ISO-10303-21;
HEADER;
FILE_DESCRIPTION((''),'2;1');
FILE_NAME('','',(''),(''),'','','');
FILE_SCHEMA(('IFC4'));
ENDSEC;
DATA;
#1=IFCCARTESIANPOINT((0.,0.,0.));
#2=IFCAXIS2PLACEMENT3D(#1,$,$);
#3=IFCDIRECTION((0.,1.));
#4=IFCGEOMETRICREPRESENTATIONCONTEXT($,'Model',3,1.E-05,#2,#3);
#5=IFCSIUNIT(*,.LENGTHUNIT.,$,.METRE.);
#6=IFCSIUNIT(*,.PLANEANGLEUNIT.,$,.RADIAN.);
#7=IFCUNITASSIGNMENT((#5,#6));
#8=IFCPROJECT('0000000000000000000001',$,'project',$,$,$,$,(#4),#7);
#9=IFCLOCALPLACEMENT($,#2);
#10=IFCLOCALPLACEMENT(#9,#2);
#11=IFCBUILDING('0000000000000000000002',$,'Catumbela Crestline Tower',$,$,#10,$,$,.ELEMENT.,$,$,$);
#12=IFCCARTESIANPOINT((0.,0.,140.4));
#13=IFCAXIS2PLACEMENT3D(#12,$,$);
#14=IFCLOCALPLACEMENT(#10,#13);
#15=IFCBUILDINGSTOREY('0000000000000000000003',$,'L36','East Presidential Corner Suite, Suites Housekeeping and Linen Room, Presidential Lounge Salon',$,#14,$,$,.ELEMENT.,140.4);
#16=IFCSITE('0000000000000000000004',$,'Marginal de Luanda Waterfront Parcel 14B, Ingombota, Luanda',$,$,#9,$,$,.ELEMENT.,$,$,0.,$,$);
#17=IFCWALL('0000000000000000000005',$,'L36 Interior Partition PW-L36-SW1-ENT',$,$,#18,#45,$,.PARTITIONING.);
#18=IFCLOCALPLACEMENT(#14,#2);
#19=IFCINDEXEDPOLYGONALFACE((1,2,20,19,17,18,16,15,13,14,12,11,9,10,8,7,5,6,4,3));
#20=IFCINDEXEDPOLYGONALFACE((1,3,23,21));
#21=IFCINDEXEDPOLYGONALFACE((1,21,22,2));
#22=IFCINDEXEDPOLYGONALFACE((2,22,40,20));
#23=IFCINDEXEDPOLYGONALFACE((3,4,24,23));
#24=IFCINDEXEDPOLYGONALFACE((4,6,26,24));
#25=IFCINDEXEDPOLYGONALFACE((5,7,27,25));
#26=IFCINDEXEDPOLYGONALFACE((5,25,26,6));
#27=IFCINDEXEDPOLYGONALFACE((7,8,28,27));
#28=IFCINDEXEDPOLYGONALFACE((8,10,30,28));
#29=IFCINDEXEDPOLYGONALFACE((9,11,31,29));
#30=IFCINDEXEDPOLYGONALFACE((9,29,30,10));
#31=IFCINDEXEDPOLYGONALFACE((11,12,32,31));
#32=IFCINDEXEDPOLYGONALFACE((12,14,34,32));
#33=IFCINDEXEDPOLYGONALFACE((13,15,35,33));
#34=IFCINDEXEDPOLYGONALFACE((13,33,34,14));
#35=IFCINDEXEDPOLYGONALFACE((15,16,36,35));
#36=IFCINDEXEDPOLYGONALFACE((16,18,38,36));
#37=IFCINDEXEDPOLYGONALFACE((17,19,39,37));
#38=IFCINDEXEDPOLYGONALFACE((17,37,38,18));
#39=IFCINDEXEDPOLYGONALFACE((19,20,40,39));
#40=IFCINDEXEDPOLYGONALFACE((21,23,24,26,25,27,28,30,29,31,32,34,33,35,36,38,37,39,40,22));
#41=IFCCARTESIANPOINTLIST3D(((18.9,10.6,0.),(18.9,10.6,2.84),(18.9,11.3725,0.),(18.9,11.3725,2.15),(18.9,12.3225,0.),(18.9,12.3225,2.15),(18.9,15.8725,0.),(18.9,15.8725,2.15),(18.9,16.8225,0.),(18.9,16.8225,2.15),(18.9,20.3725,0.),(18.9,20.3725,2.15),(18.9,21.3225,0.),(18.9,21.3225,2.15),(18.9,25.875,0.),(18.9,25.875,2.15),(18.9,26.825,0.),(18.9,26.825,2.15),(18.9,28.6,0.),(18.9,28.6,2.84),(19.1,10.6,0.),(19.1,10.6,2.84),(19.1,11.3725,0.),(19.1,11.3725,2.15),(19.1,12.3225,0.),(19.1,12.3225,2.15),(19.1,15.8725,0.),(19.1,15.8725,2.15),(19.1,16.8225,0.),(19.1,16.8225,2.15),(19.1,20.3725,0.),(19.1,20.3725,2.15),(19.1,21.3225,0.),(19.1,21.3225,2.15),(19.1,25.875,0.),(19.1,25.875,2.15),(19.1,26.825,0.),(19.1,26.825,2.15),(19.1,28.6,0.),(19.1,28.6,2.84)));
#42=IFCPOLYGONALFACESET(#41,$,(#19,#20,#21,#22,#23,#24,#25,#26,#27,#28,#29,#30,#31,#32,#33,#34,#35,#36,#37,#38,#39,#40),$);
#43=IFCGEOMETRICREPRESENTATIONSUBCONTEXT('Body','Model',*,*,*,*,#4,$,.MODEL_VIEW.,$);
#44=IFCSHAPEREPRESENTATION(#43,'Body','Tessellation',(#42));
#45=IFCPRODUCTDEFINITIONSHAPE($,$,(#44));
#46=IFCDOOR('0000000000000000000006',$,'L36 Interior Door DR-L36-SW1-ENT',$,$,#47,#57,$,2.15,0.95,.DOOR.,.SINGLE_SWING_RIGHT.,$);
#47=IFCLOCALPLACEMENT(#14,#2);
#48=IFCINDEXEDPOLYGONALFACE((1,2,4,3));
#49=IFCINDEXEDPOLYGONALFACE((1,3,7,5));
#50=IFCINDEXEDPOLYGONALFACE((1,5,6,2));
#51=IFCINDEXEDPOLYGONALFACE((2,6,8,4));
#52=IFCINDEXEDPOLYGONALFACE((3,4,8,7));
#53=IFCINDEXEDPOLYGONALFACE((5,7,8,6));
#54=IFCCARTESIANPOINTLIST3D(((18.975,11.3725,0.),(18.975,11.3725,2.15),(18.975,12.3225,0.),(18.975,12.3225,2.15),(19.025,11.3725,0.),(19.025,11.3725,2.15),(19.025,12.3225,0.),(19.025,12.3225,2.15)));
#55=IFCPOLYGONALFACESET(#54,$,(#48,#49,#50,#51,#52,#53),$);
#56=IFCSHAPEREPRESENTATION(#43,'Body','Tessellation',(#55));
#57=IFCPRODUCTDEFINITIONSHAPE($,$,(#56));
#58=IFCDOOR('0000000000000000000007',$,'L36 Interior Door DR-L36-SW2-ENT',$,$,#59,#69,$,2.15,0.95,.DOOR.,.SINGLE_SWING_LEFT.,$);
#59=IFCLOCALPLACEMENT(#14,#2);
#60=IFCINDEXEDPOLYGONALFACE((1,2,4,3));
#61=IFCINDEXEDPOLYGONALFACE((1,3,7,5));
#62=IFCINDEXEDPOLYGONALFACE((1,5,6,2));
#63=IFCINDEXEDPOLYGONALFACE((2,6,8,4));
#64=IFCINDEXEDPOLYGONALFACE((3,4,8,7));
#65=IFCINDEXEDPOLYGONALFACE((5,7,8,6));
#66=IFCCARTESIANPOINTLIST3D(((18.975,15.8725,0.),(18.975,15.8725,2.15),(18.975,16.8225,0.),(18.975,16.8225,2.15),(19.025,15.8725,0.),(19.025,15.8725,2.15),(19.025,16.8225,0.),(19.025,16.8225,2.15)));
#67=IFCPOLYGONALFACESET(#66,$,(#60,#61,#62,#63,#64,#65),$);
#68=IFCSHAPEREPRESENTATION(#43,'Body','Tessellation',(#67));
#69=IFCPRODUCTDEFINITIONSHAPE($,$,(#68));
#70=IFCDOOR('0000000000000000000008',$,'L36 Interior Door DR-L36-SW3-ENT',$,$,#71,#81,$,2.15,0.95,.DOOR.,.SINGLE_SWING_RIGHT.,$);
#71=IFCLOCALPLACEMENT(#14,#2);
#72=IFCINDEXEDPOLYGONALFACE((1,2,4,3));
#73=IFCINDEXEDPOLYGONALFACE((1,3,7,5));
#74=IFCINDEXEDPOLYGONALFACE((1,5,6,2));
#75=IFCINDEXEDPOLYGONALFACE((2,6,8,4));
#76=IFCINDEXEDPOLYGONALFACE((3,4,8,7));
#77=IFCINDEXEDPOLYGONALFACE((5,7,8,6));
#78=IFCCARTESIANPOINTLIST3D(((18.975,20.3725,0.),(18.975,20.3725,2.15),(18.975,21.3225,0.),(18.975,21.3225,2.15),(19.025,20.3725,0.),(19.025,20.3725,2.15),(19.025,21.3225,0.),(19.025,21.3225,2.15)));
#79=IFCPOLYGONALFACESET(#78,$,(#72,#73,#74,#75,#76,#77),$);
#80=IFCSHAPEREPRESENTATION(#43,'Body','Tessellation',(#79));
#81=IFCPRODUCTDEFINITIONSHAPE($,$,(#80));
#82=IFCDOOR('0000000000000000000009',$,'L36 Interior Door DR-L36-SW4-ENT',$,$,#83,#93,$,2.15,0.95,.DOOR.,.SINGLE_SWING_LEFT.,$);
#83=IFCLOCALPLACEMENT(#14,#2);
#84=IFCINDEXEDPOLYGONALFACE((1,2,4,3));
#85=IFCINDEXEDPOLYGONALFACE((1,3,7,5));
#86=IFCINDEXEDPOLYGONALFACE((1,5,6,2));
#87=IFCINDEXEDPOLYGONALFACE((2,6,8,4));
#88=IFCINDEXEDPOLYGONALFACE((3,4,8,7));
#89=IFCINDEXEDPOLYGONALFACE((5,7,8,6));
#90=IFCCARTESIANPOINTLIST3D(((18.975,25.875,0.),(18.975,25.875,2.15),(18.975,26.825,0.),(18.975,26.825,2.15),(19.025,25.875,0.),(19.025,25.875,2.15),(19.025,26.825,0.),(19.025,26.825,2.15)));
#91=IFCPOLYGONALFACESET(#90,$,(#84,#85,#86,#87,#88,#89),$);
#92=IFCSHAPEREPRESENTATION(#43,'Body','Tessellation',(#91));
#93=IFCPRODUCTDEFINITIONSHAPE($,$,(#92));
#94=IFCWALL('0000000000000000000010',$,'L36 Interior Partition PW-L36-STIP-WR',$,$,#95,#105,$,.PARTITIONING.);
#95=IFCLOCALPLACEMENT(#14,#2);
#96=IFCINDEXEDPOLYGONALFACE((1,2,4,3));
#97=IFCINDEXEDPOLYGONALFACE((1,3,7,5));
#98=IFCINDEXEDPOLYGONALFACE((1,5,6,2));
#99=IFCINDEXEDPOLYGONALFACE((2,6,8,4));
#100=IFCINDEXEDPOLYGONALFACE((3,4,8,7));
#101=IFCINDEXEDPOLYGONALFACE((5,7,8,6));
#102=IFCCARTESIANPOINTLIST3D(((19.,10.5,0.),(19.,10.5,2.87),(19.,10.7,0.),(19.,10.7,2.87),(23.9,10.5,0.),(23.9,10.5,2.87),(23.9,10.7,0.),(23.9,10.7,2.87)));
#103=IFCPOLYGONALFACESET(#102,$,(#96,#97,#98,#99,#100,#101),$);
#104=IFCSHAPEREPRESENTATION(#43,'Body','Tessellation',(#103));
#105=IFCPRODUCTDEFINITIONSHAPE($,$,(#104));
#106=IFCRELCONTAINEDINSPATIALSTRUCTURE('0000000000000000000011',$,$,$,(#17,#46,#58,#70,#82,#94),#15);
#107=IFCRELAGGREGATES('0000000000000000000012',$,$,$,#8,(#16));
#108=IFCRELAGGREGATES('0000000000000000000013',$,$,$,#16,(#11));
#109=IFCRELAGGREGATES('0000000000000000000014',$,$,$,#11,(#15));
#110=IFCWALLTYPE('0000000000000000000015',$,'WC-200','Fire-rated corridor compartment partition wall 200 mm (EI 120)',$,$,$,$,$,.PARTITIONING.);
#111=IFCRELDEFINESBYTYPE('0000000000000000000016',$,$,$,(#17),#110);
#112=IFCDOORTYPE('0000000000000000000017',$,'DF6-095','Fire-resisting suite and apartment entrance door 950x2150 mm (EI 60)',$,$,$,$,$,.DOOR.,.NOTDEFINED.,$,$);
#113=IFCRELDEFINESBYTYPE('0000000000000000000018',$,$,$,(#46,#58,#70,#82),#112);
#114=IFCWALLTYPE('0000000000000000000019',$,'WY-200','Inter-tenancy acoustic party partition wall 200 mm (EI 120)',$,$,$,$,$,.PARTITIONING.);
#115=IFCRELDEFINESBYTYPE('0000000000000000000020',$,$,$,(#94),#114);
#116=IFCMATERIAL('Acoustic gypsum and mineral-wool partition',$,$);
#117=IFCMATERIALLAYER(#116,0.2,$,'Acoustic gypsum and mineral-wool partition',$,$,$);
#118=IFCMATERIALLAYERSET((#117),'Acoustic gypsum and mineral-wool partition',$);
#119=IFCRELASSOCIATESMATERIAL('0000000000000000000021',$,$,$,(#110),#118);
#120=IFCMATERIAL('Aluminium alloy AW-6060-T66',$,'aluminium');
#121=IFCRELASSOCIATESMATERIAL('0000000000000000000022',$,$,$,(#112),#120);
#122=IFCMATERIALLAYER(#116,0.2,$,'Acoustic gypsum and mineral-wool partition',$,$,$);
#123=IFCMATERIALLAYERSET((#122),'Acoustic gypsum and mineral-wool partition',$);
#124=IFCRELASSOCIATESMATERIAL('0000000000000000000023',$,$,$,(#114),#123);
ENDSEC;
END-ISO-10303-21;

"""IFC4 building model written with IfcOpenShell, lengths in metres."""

from ifc_helpers import new_model, si_unit, direction, frame, frame_2d, origin, place, context, subcontext, project, spatial, rectangle, extrude, material, layer, layer_set, type_object, element, fill, save


model = new_model("IFC4")

# Units and contexts
model_context = context("Model", 3, precision=1e-05, world=origin(), true_north=direction((0.0, 1.0)))
body_context = subcontext(model_context, "Body", "Model", "MODEL_VIEW")
ifc_project = project(units=[si_unit("LENGTHUNIT", "METRE"), si_unit("PLANEANGLEUNIT", "RADIAN")], contexts=[model_context])

# Site, building, storey
site_placement = place(None, origin())
site = spatial("IfcSite", under=ifc_project, at=site_placement, Name="Marginal de Luanda Waterfront Parcel 14B, Ingombota, Luanda", CompositionType="ELEMENT", RefElevation=0.0)
building_placement = place(site_placement, origin())
building = spatial("IfcBuilding", under=site, at=building_placement, Name="Catumbela Crestline Tower", CompositionType="ELEMENT")
storey_placement = place(building_placement, frame((0.0, 0.0, 140.4)))
storey = spatial("IfcBuildingStorey", under=building, at=storey_placement, Name="L36", Description="East Presidential Corner Suite, Suites Housekeeping and Linen Room, Presidential Lounge Salon", CompositionType="ELEMENT", Elevation=140.4)

# Shared definitions
ifc_material_1 = material(Name="Acoustic gypsum and mineral-wool partition")
ifc_layer_1 = layer(ifc_material_1, 0.2, Name="Acoustic gypsum and mineral-wool partition")
ifc_layer_set_1 = layer_set([ifc_layer_1], Name="Acoustic gypsum and mineral-wool partition")
wall_type_1 = type_object("IfcWallType", Name="WC-200", Description="Fire-rated corridor compartment partition wall 200 mm (EI 120)", PredefinedType="PARTITIONING", material=ifc_layer_set_1)
ifc_material_2 = material(Name="Aluminium alloy AW-6060-T66", Category="aluminium")
door_type = type_object("IfcDoorType", Name="DF6-095", Description="Fire-resisting suite and apartment entrance door 950x2150 mm (EI 60)", OperationType="NOTDEFINED", PredefinedType="DOOR", material=ifc_material_2)

# Wall, openings, doors
wall_1_placement = place(storey_placement, frame((19.0, 10.6, 0.0), z_axis=(0.0, 0.0, 1.0), x_axis=(0.0, 1.0, 0.0)))
wall_1 = element("IfcWall", 1, at=wall_1_placement, inside=storey, type_object=wall_type_1, Name="L36 Interior Partition PW-L36-SW1-ENT", PredefinedType="PARTITIONING", context=body_context, shape_type="SweptSolid", body=[
    extrude(rectangle(XDim=18.0, YDim=0.2, at=frame_2d((9.0, 0.0))), origin(), (0.0, 0.0, 1.0), 2.84),
])
opening_1_placement = place(wall_1_placement, frame((0.7725, 0.0, 0.0)))
opening_1 = element("IfcOpeningElement", 2, at=opening_1_placement, cuts=wall_1, PredefinedType="OPENING", context=body_context, shape_type="SweptSolid", body=[
    extrude(rectangle(XDim=0.95, YDim=2.15, at=frame_2d((0.475, 1.075))), frame((0.0, 0.11, 0.0), z_axis=(0.0, -1.0, 0.0), x_axis=(1.0, 0.0, 0.0)), (0.0, 0.0, 1.0), 0.22),
])
opening_2_placement = place(wall_1_placement, frame((5.2725, 0.0, 0.0)))
opening_2 = element("IfcOpeningElement", 3, at=opening_2_placement, cuts=wall_1, PredefinedType="OPENING", context=body_context, shape_type="SweptSolid", body=[
    extrude(rectangle(XDim=0.95, YDim=2.15, at=frame_2d((0.475, 1.075))), frame((0.0, 0.11, 0.0), z_axis=(0.0, -1.0, 0.0), x_axis=(1.0, 0.0, 0.0)), (0.0, 0.0, 1.0), 0.22),
])
opening_3_placement = place(wall_1_placement, frame((9.7725, 0.0, 0.0)))
opening_3 = element("IfcOpeningElement", 4, at=opening_3_placement, cuts=wall_1, PredefinedType="OPENING", context=body_context, shape_type="SweptSolid", body=[
    extrude(rectangle(XDim=0.95, YDim=2.15, at=frame_2d((0.475, 1.075))), frame((0.0, 0.11, 0.0), z_axis=(0.0, -1.0, 0.0), x_axis=(1.0, 0.0, 0.0)), (0.0, 0.0, 1.0), 0.22),
])
opening_4_placement = place(wall_1_placement, frame((15.275, 0.0, 0.0)))
opening_4 = element("IfcOpeningElement", 5, at=opening_4_placement, cuts=wall_1, PredefinedType="OPENING", context=body_context, shape_type="SweptSolid", body=[
    extrude(rectangle(XDim=0.95, YDim=2.15, at=frame_2d((0.475, 1.075))), frame((0.0, 0.11, 0.0), z_axis=(0.0, -1.0, 0.0), x_axis=(1.0, 0.0, 0.0)), (0.0, 0.0, 1.0), 0.22),
])
door_1_placement = place(opening_1_placement, origin())
door_1 = element("IfcDoor", 6, at=door_1_placement, inside=storey, type_object=door_type, Name="L36 Interior Door DR-L36-SW1-ENT", OperationType="SINGLE_SWING_RIGHT", OverallHeight=2.15, OverallWidth=0.95, PredefinedType="DOOR", context=body_context, shape_type="SweptSolid", body=[
    extrude(rectangle(XDim=0.95, YDim=2.15, at=frame_2d((0.475, 1.075))), frame((0.0, 0.025, 0.0), z_axis=(0.0, -1.0, 0.0), x_axis=(1.0, 0.0, 0.0)), (0.0, 0.0, 1.0), 0.05),
])
fill(opening_1, door_1)
door_2_placement = place(opening_2_placement, origin())
door_2 = element("IfcDoor", 7, at=door_2_placement, inside=storey, type_object=door_type, Name="L36 Interior Door DR-L36-SW2-ENT", OperationType="SINGLE_SWING_LEFT", OverallHeight=2.15, OverallWidth=0.95, PredefinedType="DOOR", context=body_context, shape_type="SweptSolid", body=[
    extrude(rectangle(XDim=0.95, YDim=2.15, at=frame_2d((0.475, 1.075))), frame((0.0, 0.025, 0.0), z_axis=(0.0, -1.0, 0.0), x_axis=(1.0, 0.0, 0.0)), (0.0, 0.0, 1.0), 0.05),
])
fill(opening_2, door_2)
door_3_placement = place(opening_3_placement, origin())
door_3 = element("IfcDoor", 8, at=door_3_placement, inside=storey, type_object=door_type, Name="L36 Interior Door DR-L36-SW3-ENT", OperationType="SINGLE_SWING_RIGHT", OverallHeight=2.15, OverallWidth=0.95, PredefinedType="DOOR", context=body_context, shape_type="SweptSolid", body=[
    extrude(rectangle(XDim=0.95, YDim=2.15, at=frame_2d((0.475, 1.075))), frame((0.0, 0.025, 0.0), z_axis=(0.0, -1.0, 0.0), x_axis=(1.0, 0.0, 0.0)), (0.0, 0.0, 1.0), 0.05),
])
fill(opening_3, door_3)
door_4_placement = place(opening_4_placement, origin())
door_4 = element("IfcDoor", 9, at=door_4_placement, inside=storey, type_object=door_type, Name="L36 Interior Door DR-L36-SW4-ENT", OperationType="SINGLE_SWING_LEFT", OverallHeight=2.15, OverallWidth=0.95, PredefinedType="DOOR", context=body_context, shape_type="SweptSolid", body=[
    extrude(rectangle(XDim=0.95, YDim=2.15, at=frame_2d((0.475, 1.075))), frame((0.0, 0.025, 0.0), z_axis=(0.0, -1.0, 0.0), x_axis=(1.0, 0.0, 0.0)), (0.0, 0.0, 1.0), 0.05),
])
fill(opening_4, door_4)

# Wall
ifc_layer_2 = layer(ifc_material_1, 0.2, Name="Acoustic gypsum and mineral-wool partition")
ifc_layer_set_2 = layer_set([ifc_layer_2], Name="Acoustic gypsum and mineral-wool partition")
wall_type_2 = type_object("IfcWallType", Name="WY-200", Description="Inter-tenancy acoustic party partition wall 200 mm (EI 120)", PredefinedType="PARTITIONING", material=ifc_layer_set_2)
wall_2_placement = place(storey_placement, frame((19.0, 10.6, 0.0), z_axis=(0.0, 0.0, 1.0), x_axis=(1.0, 0.0, 0.0)))
element("IfcWall", 10, at=wall_2_placement, inside=storey, type_object=wall_type_2, Name="L36 Interior Partition PW-L36-STIP-WR", PredefinedType="PARTITIONING", context=body_context, shape_type="SweptSolid", body=[
    extrude(rectangle(XDim=4.9, YDim=0.2, at=frame_2d((2.45, 0.0))), origin(), (0.0, 0.0, 1.0), 2.87),
])

save(model, "model.ifc")
